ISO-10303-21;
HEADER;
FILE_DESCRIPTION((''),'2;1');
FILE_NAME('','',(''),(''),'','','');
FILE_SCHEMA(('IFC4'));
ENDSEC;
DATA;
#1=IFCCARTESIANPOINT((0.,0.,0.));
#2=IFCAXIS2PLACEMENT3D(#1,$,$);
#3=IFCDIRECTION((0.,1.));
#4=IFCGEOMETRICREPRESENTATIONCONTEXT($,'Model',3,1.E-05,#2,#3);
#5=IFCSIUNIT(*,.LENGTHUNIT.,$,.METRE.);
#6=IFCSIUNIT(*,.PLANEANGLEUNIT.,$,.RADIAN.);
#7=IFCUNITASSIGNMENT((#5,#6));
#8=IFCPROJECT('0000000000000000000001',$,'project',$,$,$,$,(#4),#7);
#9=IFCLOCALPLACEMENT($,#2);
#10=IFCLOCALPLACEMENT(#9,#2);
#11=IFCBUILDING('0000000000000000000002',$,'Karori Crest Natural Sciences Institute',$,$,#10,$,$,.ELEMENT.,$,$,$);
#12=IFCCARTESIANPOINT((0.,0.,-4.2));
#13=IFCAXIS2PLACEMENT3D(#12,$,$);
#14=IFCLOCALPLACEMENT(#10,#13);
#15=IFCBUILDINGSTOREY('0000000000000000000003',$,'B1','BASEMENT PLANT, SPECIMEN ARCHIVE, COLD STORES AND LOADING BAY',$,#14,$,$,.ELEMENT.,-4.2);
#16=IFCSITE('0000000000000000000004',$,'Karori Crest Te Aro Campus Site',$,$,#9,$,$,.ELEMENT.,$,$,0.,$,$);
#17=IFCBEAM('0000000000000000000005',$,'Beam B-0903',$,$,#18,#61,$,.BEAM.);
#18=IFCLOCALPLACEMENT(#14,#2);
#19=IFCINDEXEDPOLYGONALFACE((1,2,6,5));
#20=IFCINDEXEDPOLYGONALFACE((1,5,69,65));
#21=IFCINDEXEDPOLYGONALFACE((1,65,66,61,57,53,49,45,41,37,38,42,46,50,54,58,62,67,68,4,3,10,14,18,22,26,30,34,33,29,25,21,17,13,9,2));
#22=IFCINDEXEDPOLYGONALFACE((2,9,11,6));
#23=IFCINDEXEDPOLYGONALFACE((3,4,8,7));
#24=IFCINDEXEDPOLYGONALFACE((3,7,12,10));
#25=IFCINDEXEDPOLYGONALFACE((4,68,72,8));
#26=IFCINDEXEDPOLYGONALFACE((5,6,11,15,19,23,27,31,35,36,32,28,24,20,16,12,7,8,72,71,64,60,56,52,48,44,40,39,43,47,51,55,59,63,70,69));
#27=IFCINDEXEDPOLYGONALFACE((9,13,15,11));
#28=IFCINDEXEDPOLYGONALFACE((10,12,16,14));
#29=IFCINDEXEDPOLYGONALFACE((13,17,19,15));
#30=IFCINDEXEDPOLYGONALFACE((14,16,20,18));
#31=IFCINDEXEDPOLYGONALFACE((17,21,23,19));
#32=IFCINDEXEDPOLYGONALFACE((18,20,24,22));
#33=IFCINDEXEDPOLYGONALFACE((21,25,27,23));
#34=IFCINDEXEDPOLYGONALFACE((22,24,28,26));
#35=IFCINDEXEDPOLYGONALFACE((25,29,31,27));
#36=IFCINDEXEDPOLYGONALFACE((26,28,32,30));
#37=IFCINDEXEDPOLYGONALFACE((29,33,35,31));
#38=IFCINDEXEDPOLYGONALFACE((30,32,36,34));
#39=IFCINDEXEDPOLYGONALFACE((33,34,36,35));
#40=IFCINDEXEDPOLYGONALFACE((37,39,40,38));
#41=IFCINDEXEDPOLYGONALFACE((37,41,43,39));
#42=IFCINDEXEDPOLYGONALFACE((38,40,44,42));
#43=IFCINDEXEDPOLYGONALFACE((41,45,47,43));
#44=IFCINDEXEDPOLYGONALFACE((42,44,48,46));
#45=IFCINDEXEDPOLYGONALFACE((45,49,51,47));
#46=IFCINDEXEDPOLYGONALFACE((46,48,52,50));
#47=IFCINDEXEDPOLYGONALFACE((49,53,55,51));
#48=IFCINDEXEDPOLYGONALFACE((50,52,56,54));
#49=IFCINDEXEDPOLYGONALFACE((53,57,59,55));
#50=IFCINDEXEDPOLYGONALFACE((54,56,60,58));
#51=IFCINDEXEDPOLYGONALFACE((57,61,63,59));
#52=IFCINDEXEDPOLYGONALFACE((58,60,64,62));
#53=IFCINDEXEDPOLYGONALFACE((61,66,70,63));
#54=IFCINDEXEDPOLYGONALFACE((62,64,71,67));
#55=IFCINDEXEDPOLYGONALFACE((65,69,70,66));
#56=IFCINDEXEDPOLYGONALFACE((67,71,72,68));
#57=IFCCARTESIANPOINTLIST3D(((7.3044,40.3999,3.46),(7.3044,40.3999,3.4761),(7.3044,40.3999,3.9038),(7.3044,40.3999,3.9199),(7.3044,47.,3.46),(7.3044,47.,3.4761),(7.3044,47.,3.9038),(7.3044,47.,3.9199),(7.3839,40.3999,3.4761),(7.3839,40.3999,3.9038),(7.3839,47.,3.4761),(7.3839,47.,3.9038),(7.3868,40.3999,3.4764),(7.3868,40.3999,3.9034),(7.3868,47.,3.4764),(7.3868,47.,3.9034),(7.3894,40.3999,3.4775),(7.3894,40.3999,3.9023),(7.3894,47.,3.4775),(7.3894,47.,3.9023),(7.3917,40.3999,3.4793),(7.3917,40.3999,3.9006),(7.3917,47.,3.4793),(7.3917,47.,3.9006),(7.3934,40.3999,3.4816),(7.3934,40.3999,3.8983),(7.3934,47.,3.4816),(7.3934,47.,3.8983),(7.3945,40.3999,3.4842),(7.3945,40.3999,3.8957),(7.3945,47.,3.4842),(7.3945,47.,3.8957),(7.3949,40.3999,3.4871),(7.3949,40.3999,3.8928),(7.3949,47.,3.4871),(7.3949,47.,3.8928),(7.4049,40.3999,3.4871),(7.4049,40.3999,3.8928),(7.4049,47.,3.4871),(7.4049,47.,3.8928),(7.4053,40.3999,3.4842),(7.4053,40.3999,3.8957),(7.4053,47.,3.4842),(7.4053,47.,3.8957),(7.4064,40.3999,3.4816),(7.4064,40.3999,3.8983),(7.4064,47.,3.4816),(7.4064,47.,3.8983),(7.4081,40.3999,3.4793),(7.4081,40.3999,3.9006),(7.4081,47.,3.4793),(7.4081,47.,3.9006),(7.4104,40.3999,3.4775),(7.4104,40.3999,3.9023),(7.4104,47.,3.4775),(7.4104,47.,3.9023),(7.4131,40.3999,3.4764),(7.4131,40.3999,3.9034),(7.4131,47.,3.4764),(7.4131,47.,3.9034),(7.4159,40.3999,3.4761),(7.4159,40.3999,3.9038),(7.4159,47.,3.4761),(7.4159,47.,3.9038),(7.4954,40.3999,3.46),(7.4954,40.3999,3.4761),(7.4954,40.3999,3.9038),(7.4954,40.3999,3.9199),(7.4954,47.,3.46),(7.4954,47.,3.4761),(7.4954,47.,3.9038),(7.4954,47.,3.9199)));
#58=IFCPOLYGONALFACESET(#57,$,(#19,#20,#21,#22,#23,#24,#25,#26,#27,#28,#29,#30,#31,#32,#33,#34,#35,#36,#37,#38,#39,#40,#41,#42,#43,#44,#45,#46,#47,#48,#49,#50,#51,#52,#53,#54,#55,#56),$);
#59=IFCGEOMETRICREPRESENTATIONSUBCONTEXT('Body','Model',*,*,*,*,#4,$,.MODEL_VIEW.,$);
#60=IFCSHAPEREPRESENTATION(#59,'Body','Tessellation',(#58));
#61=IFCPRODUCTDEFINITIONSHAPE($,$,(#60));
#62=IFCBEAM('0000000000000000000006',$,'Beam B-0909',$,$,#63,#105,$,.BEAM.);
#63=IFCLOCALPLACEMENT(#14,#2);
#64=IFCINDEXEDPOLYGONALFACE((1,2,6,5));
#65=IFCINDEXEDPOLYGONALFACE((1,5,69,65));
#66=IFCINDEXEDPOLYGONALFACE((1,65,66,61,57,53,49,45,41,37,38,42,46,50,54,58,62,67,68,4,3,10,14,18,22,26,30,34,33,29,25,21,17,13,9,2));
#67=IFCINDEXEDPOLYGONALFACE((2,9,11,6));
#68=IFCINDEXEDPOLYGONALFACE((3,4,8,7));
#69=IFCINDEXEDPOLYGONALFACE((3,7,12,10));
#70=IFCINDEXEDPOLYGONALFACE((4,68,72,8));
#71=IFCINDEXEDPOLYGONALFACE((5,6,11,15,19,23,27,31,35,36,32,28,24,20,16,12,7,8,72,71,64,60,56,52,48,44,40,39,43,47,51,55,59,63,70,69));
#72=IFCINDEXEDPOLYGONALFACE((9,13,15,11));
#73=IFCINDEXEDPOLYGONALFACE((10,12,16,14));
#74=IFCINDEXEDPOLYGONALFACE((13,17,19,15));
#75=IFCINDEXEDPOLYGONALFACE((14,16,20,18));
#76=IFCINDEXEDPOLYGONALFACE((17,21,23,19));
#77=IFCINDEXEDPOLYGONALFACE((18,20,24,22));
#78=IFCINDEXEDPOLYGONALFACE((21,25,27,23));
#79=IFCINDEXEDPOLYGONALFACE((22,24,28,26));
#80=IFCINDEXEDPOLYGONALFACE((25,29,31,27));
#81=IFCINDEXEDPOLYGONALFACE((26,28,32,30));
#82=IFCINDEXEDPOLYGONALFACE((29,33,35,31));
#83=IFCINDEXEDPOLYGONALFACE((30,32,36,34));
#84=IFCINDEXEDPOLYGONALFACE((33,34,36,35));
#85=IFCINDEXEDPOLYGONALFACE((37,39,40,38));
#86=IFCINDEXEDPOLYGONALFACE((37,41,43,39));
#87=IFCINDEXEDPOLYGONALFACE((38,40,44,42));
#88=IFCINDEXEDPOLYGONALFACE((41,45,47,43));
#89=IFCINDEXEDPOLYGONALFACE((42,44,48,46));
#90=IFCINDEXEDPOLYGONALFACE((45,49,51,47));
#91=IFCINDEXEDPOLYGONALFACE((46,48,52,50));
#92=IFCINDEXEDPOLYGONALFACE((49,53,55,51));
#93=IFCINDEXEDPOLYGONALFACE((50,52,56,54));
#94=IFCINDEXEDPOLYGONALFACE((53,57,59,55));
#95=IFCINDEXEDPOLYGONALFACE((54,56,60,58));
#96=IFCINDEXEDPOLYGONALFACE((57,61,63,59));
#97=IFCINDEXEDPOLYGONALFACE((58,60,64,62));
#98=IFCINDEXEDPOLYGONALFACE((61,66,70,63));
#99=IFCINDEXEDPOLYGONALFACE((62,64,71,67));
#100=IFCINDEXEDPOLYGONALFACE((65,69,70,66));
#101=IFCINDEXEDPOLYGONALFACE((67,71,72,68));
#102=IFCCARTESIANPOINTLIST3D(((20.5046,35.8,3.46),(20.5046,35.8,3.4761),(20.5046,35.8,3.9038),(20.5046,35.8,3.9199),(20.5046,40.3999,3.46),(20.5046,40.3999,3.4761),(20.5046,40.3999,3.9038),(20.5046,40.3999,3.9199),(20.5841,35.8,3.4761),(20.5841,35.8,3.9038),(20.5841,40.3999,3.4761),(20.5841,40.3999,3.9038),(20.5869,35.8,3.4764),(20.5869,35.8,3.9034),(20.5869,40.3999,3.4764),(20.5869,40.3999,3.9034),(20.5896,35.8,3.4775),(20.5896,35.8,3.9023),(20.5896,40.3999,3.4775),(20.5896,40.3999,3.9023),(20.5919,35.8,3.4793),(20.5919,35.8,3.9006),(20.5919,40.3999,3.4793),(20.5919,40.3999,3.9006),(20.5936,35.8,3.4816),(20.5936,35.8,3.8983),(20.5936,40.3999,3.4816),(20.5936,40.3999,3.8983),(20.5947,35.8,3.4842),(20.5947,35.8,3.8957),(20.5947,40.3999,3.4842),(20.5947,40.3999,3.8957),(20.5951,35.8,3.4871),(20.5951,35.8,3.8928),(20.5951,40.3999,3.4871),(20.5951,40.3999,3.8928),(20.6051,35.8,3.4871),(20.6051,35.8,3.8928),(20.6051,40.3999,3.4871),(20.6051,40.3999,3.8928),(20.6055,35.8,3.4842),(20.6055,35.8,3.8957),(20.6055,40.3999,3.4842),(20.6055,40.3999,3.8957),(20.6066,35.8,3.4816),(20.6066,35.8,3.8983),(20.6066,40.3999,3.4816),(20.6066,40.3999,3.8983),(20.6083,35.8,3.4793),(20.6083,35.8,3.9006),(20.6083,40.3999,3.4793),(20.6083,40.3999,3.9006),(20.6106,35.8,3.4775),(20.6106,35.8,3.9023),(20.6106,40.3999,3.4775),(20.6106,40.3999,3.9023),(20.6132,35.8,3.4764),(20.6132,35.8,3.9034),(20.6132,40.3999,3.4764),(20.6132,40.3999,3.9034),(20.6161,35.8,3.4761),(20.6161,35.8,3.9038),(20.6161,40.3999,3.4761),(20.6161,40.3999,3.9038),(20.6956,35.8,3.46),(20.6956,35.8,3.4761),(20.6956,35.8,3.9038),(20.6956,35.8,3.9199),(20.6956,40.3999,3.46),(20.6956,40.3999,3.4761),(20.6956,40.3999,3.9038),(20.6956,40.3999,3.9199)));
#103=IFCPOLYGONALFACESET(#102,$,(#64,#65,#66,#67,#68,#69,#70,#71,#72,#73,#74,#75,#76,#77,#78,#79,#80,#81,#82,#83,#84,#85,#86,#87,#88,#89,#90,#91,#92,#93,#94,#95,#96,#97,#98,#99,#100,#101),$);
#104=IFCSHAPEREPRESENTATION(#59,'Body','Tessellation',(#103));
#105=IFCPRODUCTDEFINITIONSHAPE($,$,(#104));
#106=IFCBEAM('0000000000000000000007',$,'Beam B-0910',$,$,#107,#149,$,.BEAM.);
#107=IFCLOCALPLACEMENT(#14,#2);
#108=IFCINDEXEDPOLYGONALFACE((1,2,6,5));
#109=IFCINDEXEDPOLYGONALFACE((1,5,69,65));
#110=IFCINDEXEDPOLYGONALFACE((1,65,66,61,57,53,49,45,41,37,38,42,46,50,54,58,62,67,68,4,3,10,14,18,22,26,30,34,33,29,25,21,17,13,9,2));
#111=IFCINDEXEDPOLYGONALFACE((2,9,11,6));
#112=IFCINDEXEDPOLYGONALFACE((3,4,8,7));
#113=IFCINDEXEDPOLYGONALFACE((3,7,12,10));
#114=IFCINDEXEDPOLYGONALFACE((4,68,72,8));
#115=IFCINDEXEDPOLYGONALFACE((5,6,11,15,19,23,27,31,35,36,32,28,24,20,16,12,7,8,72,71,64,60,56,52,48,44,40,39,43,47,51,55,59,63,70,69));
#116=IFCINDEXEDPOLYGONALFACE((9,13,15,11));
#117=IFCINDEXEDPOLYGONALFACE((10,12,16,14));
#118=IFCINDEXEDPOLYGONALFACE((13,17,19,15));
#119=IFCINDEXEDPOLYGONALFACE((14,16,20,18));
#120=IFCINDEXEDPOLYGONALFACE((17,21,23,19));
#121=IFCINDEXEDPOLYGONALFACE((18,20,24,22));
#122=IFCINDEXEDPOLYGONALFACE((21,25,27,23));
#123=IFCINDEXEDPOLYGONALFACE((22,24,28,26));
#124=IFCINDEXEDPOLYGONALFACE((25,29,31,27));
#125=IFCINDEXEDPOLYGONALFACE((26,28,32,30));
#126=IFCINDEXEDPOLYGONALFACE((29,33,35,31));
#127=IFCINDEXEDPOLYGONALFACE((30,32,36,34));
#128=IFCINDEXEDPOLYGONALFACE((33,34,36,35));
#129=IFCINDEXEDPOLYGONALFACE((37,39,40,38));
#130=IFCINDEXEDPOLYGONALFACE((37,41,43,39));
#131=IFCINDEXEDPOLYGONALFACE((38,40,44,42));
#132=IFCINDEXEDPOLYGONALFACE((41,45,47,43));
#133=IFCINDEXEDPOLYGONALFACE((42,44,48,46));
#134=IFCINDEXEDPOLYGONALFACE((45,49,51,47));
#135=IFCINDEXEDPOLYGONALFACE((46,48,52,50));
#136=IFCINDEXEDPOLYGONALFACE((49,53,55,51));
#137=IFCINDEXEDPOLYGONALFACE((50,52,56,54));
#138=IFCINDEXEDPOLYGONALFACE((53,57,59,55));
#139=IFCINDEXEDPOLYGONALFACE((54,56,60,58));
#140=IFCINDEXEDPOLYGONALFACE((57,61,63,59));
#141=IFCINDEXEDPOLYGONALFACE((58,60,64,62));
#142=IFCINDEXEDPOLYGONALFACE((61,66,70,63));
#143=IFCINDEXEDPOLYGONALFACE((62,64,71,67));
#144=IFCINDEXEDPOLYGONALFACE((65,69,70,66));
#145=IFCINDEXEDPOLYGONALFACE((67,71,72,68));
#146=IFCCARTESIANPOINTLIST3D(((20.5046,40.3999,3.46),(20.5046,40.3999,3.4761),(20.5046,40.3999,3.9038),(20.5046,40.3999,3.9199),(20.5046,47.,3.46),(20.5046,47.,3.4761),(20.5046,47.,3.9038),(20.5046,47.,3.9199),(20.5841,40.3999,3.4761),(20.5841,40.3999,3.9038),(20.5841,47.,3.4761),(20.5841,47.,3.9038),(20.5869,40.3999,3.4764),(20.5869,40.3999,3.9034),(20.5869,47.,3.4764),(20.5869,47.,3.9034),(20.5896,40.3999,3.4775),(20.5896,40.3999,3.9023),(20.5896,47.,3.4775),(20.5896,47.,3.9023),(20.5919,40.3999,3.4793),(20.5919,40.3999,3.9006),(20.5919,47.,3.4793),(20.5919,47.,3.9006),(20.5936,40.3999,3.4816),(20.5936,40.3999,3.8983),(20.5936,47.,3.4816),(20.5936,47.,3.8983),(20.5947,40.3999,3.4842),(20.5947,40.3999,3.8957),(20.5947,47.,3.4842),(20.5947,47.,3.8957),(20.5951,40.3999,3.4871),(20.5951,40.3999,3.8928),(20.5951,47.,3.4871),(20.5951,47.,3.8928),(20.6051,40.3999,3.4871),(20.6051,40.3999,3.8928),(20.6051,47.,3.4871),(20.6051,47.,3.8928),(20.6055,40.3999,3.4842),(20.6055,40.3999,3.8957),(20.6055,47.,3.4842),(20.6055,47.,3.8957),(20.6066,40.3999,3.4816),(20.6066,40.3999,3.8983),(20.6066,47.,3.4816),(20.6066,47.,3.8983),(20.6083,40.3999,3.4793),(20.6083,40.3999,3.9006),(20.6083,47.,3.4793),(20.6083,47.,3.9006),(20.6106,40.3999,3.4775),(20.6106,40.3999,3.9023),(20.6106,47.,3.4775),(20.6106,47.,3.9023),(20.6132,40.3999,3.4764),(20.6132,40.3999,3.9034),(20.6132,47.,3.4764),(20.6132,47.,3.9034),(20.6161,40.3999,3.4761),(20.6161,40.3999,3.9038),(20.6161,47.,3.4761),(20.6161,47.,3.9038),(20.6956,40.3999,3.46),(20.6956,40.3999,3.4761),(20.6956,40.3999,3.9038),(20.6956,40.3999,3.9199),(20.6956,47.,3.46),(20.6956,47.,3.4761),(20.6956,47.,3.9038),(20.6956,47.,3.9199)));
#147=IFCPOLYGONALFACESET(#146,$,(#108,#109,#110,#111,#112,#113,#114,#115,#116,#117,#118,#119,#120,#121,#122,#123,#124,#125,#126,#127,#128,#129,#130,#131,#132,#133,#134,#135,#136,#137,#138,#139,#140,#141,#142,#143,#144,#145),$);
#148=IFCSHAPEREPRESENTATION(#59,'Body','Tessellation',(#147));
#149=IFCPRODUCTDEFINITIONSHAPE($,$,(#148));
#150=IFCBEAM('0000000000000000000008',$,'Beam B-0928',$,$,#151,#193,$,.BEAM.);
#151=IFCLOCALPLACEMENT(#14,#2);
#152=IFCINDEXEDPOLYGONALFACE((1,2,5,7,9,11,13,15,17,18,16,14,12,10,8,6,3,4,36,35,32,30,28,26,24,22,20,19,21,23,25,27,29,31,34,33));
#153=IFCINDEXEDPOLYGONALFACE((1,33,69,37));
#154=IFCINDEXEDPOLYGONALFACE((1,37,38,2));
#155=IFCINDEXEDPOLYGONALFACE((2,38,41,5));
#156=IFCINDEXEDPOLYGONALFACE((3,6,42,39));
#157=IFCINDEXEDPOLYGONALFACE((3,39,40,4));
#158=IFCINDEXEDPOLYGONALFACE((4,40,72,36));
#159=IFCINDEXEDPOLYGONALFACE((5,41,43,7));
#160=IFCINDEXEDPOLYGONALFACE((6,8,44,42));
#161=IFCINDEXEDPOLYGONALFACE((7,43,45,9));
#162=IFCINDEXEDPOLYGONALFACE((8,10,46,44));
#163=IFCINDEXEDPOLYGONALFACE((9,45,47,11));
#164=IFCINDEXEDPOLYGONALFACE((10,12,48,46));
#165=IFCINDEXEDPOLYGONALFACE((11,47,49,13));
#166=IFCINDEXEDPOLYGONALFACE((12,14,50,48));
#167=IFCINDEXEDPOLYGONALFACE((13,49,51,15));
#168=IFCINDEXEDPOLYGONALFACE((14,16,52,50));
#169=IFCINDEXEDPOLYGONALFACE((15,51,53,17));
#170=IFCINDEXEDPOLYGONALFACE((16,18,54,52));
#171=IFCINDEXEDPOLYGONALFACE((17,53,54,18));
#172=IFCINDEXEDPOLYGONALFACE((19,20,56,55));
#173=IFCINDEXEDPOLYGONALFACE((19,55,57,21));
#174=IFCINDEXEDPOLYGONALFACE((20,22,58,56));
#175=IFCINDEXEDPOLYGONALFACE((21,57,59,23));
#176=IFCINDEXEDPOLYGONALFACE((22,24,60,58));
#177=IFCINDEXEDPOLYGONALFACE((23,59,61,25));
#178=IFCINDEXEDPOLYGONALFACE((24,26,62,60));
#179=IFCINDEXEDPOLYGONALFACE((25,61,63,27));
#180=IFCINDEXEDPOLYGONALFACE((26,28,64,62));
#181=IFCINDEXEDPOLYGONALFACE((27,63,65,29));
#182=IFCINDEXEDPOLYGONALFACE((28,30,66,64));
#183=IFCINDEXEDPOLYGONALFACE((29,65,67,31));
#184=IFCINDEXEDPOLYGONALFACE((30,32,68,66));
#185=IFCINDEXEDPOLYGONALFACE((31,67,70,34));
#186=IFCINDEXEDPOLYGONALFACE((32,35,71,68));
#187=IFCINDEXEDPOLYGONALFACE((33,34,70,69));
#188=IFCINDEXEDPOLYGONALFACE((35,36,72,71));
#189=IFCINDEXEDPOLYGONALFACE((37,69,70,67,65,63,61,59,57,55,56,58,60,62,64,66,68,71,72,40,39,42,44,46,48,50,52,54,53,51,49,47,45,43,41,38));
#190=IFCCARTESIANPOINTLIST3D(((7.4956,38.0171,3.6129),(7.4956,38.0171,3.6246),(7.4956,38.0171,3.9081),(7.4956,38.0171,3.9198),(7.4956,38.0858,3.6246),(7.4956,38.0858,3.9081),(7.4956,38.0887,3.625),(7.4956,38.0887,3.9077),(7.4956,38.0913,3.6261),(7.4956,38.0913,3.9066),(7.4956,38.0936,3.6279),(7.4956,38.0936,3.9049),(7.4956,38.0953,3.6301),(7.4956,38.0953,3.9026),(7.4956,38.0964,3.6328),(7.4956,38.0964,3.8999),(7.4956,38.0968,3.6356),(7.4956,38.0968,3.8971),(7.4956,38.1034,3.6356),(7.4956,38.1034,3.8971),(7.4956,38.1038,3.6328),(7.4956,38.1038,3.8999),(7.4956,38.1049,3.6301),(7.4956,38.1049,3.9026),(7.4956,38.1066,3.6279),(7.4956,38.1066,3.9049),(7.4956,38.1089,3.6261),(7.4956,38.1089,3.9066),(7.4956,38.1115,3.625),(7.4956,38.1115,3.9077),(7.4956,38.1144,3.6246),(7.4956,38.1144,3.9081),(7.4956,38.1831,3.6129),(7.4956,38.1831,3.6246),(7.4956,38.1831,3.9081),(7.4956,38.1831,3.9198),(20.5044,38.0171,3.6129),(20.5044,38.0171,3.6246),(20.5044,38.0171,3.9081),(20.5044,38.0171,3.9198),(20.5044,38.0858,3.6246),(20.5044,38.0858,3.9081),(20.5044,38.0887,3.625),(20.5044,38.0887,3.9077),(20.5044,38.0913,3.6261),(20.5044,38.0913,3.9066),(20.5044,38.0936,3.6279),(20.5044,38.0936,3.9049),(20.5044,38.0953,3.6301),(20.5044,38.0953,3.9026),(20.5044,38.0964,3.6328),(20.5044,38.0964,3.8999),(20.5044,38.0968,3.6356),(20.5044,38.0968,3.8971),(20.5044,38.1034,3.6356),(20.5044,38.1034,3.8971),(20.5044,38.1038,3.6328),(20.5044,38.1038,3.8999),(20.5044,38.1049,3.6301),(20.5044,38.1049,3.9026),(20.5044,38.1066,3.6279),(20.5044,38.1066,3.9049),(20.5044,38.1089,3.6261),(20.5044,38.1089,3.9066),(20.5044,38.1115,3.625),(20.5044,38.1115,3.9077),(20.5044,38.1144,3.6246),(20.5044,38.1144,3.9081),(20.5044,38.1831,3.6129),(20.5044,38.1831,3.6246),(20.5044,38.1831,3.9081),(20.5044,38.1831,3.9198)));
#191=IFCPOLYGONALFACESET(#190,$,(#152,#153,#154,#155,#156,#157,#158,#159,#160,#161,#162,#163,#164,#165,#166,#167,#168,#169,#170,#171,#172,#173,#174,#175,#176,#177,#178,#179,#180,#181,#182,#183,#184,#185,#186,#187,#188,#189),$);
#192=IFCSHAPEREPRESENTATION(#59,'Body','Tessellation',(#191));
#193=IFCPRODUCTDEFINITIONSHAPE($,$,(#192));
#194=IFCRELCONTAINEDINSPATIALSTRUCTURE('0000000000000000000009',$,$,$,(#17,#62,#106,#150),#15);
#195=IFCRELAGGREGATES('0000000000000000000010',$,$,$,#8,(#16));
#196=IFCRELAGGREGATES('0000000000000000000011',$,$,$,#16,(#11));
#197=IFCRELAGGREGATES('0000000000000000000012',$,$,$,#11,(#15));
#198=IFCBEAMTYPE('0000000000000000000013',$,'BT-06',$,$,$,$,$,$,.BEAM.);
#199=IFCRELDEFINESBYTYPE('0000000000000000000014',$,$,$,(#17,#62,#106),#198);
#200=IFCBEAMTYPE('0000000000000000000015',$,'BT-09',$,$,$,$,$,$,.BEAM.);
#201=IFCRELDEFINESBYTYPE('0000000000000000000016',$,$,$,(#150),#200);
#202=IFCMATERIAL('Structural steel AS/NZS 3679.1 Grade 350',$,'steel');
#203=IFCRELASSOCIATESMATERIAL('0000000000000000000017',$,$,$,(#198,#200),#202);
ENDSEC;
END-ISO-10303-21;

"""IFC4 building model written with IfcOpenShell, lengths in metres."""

from ifc_helpers import new_model, si_unit, direction, frame, origin, origin_2d, place, context, subcontext, project, spatial, i_section, extrude, material, material_profile, profile_set, type_object, element, save


model = new_model("IFC4")

# Units and contexts
model_context = context("Model", 3, precision=1e-05, world=origin(), true_north=direction((0.0, 1.0)))
body_context = subcontext(model_context, "Body", "Model", "MODEL_VIEW")
ifc_project = project(units=[si_unit("LENGTHUNIT", "METRE"), si_unit("PLANEANGLEUNIT", "RADIAN")], contexts=[model_context])

# Site, building, storey
site_placement = place(None, origin())
site = spatial("IfcSite", under=ifc_project, at=site_placement, Name="Karori Crest Te Aro Campus Site", CompositionType="ELEMENT", RefElevation=0.0)
building_placement = place(site_placement, origin())
building = spatial("IfcBuilding", under=site, at=building_placement, Name="Karori Crest Natural Sciences Institute", CompositionType="ELEMENT")
storey_placement = place(building_placement, frame((0.0, 0.0, -4.2)))
storey = spatial("IfcBuildingStorey", under=building, at=storey_placement, Name="B1", Description="BASEMENT PLANT, SPECIMEN ARCHIVE, COLD STORES AND LOADING BAY", CompositionType="ELEMENT", Elevation=-4.2)

# Shared definitions
ifc_material_1 = material(Name="Structural steel AS/NZS 3679.1 Grade 350", Category="steel")

# Beams
ifc_material_profile_1 = material_profile(ifc_material_1, i_section(OverallWidth=0.1909, OverallDepth=0.46, WebThickness=0.01, FlangeThickness=0.0161, FilletRadius=0.011, at=origin_2d()), Name="460UB82.1")
ifc_profile_set_1 = profile_set([ifc_material_profile_1], Name="Structural steel AS/NZS 3679.1 Grade 350")
beam_type_1 = type_object("IfcBeamType", Name="BT-06", PredefinedType="BEAM", material=ifc_profile_set_1)
beam_1_placement = place(storey_placement, frame((7.3999, 40.3999, 3.6899), z_axis=(0.0, 1.0, 0.0), x_axis=(-1.0, 0.0, 0.0)))
element("IfcBeam", 1, at=beam_1_placement, inside=storey, type_object=beam_type_1, Name="Beam B-0903", PredefinedType="BEAM", context=body_context, shape_type="SweptSolid", body=[
    extrude(i_section(OverallWidth=0.1909, OverallDepth=0.46, WebThickness=0.01, FlangeThickness=0.0161, FilletRadius=0.011, at=origin_2d()), origin(), (0.0, 0.0, 1.0), 6.6001),
])
beam_2_placement = place(storey_placement, frame((20.6001, 35.8, 3.6899), z_axis=(0.0, 1.0, 0.0), x_axis=(-1.0, 0.0, 0.0)))
element("IfcBeam", 2, at=beam_2_placement, inside=storey, type_object=beam_type_1, Name="Beam B-0909", PredefinedType="BEAM", context=body_context, shape_type="SweptSolid", body=[
    extrude(i_section(OverallWidth=0.1909, OverallDepth=0.46, WebThickness=0.01, FlangeThickness=0.0161, FilletRadius=0.011, at=origin_2d()), origin(), (0.0, 0.0, 1.0), 4.5999),
])
beam_3_placement = place(storey_placement, frame((20.6001, 40.3999, 3.6899), z_axis=(0.0, 1.0, 0.0), x_axis=(-1.0, 0.0, 0.0)))
element("IfcBeam", 3, at=beam_3_placement, inside=storey, type_object=beam_type_1, Name="Beam B-0910", PredefinedType="BEAM", context=body_context, shape_type="SweptSolid", body=[
    extrude(i_section(OverallWidth=0.1909, OverallDepth=0.46, WebThickness=0.01, FlangeThickness=0.0161, FilletRadius=0.011, at=origin_2d()), origin(), (0.0, 0.0, 1.0), 6.6001),
])
ifc_material_profile_2 = material_profile(ifc_material_1, i_section(OverallWidth=0.166, OverallDepth=0.3069, WebThickness=0.0066, FlangeThickness=0.0117, FilletRadius=0.011, at=origin_2d()), Name="310UB46.2")
ifc_profile_set_2 = profile_set([ifc_material_profile_2], Name="Structural steel AS/NZS 3679.1 Grade 350")
beam_type_2 = type_object("IfcBeamType", Name="BT-09", PredefinedType="BEAM", material=ifc_profile_set_2)
beam_4_placement = place(storey_placement, frame((7.4956, 38.1001, 3.7664), z_axis=(1.0, 0.0, 0.0), x_axis=(0.0, 1.0, 0.0)))
element("IfcBeam", 4, at=beam_4_placement, inside=storey, type_object=beam_type_2, Name="Beam B-0928", PredefinedType="BEAM", context=body_context, shape_type="SweptSolid", body=[
    extrude(i_section(OverallWidth=0.166, OverallDepth=0.3069, WebThickness=0.0066, FlangeThickness=0.0117, FilletRadius=0.011, at=origin_2d()), origin(), (0.0, 0.0, 1.0), 13.0088),
])

save(model, "model.ifc")
